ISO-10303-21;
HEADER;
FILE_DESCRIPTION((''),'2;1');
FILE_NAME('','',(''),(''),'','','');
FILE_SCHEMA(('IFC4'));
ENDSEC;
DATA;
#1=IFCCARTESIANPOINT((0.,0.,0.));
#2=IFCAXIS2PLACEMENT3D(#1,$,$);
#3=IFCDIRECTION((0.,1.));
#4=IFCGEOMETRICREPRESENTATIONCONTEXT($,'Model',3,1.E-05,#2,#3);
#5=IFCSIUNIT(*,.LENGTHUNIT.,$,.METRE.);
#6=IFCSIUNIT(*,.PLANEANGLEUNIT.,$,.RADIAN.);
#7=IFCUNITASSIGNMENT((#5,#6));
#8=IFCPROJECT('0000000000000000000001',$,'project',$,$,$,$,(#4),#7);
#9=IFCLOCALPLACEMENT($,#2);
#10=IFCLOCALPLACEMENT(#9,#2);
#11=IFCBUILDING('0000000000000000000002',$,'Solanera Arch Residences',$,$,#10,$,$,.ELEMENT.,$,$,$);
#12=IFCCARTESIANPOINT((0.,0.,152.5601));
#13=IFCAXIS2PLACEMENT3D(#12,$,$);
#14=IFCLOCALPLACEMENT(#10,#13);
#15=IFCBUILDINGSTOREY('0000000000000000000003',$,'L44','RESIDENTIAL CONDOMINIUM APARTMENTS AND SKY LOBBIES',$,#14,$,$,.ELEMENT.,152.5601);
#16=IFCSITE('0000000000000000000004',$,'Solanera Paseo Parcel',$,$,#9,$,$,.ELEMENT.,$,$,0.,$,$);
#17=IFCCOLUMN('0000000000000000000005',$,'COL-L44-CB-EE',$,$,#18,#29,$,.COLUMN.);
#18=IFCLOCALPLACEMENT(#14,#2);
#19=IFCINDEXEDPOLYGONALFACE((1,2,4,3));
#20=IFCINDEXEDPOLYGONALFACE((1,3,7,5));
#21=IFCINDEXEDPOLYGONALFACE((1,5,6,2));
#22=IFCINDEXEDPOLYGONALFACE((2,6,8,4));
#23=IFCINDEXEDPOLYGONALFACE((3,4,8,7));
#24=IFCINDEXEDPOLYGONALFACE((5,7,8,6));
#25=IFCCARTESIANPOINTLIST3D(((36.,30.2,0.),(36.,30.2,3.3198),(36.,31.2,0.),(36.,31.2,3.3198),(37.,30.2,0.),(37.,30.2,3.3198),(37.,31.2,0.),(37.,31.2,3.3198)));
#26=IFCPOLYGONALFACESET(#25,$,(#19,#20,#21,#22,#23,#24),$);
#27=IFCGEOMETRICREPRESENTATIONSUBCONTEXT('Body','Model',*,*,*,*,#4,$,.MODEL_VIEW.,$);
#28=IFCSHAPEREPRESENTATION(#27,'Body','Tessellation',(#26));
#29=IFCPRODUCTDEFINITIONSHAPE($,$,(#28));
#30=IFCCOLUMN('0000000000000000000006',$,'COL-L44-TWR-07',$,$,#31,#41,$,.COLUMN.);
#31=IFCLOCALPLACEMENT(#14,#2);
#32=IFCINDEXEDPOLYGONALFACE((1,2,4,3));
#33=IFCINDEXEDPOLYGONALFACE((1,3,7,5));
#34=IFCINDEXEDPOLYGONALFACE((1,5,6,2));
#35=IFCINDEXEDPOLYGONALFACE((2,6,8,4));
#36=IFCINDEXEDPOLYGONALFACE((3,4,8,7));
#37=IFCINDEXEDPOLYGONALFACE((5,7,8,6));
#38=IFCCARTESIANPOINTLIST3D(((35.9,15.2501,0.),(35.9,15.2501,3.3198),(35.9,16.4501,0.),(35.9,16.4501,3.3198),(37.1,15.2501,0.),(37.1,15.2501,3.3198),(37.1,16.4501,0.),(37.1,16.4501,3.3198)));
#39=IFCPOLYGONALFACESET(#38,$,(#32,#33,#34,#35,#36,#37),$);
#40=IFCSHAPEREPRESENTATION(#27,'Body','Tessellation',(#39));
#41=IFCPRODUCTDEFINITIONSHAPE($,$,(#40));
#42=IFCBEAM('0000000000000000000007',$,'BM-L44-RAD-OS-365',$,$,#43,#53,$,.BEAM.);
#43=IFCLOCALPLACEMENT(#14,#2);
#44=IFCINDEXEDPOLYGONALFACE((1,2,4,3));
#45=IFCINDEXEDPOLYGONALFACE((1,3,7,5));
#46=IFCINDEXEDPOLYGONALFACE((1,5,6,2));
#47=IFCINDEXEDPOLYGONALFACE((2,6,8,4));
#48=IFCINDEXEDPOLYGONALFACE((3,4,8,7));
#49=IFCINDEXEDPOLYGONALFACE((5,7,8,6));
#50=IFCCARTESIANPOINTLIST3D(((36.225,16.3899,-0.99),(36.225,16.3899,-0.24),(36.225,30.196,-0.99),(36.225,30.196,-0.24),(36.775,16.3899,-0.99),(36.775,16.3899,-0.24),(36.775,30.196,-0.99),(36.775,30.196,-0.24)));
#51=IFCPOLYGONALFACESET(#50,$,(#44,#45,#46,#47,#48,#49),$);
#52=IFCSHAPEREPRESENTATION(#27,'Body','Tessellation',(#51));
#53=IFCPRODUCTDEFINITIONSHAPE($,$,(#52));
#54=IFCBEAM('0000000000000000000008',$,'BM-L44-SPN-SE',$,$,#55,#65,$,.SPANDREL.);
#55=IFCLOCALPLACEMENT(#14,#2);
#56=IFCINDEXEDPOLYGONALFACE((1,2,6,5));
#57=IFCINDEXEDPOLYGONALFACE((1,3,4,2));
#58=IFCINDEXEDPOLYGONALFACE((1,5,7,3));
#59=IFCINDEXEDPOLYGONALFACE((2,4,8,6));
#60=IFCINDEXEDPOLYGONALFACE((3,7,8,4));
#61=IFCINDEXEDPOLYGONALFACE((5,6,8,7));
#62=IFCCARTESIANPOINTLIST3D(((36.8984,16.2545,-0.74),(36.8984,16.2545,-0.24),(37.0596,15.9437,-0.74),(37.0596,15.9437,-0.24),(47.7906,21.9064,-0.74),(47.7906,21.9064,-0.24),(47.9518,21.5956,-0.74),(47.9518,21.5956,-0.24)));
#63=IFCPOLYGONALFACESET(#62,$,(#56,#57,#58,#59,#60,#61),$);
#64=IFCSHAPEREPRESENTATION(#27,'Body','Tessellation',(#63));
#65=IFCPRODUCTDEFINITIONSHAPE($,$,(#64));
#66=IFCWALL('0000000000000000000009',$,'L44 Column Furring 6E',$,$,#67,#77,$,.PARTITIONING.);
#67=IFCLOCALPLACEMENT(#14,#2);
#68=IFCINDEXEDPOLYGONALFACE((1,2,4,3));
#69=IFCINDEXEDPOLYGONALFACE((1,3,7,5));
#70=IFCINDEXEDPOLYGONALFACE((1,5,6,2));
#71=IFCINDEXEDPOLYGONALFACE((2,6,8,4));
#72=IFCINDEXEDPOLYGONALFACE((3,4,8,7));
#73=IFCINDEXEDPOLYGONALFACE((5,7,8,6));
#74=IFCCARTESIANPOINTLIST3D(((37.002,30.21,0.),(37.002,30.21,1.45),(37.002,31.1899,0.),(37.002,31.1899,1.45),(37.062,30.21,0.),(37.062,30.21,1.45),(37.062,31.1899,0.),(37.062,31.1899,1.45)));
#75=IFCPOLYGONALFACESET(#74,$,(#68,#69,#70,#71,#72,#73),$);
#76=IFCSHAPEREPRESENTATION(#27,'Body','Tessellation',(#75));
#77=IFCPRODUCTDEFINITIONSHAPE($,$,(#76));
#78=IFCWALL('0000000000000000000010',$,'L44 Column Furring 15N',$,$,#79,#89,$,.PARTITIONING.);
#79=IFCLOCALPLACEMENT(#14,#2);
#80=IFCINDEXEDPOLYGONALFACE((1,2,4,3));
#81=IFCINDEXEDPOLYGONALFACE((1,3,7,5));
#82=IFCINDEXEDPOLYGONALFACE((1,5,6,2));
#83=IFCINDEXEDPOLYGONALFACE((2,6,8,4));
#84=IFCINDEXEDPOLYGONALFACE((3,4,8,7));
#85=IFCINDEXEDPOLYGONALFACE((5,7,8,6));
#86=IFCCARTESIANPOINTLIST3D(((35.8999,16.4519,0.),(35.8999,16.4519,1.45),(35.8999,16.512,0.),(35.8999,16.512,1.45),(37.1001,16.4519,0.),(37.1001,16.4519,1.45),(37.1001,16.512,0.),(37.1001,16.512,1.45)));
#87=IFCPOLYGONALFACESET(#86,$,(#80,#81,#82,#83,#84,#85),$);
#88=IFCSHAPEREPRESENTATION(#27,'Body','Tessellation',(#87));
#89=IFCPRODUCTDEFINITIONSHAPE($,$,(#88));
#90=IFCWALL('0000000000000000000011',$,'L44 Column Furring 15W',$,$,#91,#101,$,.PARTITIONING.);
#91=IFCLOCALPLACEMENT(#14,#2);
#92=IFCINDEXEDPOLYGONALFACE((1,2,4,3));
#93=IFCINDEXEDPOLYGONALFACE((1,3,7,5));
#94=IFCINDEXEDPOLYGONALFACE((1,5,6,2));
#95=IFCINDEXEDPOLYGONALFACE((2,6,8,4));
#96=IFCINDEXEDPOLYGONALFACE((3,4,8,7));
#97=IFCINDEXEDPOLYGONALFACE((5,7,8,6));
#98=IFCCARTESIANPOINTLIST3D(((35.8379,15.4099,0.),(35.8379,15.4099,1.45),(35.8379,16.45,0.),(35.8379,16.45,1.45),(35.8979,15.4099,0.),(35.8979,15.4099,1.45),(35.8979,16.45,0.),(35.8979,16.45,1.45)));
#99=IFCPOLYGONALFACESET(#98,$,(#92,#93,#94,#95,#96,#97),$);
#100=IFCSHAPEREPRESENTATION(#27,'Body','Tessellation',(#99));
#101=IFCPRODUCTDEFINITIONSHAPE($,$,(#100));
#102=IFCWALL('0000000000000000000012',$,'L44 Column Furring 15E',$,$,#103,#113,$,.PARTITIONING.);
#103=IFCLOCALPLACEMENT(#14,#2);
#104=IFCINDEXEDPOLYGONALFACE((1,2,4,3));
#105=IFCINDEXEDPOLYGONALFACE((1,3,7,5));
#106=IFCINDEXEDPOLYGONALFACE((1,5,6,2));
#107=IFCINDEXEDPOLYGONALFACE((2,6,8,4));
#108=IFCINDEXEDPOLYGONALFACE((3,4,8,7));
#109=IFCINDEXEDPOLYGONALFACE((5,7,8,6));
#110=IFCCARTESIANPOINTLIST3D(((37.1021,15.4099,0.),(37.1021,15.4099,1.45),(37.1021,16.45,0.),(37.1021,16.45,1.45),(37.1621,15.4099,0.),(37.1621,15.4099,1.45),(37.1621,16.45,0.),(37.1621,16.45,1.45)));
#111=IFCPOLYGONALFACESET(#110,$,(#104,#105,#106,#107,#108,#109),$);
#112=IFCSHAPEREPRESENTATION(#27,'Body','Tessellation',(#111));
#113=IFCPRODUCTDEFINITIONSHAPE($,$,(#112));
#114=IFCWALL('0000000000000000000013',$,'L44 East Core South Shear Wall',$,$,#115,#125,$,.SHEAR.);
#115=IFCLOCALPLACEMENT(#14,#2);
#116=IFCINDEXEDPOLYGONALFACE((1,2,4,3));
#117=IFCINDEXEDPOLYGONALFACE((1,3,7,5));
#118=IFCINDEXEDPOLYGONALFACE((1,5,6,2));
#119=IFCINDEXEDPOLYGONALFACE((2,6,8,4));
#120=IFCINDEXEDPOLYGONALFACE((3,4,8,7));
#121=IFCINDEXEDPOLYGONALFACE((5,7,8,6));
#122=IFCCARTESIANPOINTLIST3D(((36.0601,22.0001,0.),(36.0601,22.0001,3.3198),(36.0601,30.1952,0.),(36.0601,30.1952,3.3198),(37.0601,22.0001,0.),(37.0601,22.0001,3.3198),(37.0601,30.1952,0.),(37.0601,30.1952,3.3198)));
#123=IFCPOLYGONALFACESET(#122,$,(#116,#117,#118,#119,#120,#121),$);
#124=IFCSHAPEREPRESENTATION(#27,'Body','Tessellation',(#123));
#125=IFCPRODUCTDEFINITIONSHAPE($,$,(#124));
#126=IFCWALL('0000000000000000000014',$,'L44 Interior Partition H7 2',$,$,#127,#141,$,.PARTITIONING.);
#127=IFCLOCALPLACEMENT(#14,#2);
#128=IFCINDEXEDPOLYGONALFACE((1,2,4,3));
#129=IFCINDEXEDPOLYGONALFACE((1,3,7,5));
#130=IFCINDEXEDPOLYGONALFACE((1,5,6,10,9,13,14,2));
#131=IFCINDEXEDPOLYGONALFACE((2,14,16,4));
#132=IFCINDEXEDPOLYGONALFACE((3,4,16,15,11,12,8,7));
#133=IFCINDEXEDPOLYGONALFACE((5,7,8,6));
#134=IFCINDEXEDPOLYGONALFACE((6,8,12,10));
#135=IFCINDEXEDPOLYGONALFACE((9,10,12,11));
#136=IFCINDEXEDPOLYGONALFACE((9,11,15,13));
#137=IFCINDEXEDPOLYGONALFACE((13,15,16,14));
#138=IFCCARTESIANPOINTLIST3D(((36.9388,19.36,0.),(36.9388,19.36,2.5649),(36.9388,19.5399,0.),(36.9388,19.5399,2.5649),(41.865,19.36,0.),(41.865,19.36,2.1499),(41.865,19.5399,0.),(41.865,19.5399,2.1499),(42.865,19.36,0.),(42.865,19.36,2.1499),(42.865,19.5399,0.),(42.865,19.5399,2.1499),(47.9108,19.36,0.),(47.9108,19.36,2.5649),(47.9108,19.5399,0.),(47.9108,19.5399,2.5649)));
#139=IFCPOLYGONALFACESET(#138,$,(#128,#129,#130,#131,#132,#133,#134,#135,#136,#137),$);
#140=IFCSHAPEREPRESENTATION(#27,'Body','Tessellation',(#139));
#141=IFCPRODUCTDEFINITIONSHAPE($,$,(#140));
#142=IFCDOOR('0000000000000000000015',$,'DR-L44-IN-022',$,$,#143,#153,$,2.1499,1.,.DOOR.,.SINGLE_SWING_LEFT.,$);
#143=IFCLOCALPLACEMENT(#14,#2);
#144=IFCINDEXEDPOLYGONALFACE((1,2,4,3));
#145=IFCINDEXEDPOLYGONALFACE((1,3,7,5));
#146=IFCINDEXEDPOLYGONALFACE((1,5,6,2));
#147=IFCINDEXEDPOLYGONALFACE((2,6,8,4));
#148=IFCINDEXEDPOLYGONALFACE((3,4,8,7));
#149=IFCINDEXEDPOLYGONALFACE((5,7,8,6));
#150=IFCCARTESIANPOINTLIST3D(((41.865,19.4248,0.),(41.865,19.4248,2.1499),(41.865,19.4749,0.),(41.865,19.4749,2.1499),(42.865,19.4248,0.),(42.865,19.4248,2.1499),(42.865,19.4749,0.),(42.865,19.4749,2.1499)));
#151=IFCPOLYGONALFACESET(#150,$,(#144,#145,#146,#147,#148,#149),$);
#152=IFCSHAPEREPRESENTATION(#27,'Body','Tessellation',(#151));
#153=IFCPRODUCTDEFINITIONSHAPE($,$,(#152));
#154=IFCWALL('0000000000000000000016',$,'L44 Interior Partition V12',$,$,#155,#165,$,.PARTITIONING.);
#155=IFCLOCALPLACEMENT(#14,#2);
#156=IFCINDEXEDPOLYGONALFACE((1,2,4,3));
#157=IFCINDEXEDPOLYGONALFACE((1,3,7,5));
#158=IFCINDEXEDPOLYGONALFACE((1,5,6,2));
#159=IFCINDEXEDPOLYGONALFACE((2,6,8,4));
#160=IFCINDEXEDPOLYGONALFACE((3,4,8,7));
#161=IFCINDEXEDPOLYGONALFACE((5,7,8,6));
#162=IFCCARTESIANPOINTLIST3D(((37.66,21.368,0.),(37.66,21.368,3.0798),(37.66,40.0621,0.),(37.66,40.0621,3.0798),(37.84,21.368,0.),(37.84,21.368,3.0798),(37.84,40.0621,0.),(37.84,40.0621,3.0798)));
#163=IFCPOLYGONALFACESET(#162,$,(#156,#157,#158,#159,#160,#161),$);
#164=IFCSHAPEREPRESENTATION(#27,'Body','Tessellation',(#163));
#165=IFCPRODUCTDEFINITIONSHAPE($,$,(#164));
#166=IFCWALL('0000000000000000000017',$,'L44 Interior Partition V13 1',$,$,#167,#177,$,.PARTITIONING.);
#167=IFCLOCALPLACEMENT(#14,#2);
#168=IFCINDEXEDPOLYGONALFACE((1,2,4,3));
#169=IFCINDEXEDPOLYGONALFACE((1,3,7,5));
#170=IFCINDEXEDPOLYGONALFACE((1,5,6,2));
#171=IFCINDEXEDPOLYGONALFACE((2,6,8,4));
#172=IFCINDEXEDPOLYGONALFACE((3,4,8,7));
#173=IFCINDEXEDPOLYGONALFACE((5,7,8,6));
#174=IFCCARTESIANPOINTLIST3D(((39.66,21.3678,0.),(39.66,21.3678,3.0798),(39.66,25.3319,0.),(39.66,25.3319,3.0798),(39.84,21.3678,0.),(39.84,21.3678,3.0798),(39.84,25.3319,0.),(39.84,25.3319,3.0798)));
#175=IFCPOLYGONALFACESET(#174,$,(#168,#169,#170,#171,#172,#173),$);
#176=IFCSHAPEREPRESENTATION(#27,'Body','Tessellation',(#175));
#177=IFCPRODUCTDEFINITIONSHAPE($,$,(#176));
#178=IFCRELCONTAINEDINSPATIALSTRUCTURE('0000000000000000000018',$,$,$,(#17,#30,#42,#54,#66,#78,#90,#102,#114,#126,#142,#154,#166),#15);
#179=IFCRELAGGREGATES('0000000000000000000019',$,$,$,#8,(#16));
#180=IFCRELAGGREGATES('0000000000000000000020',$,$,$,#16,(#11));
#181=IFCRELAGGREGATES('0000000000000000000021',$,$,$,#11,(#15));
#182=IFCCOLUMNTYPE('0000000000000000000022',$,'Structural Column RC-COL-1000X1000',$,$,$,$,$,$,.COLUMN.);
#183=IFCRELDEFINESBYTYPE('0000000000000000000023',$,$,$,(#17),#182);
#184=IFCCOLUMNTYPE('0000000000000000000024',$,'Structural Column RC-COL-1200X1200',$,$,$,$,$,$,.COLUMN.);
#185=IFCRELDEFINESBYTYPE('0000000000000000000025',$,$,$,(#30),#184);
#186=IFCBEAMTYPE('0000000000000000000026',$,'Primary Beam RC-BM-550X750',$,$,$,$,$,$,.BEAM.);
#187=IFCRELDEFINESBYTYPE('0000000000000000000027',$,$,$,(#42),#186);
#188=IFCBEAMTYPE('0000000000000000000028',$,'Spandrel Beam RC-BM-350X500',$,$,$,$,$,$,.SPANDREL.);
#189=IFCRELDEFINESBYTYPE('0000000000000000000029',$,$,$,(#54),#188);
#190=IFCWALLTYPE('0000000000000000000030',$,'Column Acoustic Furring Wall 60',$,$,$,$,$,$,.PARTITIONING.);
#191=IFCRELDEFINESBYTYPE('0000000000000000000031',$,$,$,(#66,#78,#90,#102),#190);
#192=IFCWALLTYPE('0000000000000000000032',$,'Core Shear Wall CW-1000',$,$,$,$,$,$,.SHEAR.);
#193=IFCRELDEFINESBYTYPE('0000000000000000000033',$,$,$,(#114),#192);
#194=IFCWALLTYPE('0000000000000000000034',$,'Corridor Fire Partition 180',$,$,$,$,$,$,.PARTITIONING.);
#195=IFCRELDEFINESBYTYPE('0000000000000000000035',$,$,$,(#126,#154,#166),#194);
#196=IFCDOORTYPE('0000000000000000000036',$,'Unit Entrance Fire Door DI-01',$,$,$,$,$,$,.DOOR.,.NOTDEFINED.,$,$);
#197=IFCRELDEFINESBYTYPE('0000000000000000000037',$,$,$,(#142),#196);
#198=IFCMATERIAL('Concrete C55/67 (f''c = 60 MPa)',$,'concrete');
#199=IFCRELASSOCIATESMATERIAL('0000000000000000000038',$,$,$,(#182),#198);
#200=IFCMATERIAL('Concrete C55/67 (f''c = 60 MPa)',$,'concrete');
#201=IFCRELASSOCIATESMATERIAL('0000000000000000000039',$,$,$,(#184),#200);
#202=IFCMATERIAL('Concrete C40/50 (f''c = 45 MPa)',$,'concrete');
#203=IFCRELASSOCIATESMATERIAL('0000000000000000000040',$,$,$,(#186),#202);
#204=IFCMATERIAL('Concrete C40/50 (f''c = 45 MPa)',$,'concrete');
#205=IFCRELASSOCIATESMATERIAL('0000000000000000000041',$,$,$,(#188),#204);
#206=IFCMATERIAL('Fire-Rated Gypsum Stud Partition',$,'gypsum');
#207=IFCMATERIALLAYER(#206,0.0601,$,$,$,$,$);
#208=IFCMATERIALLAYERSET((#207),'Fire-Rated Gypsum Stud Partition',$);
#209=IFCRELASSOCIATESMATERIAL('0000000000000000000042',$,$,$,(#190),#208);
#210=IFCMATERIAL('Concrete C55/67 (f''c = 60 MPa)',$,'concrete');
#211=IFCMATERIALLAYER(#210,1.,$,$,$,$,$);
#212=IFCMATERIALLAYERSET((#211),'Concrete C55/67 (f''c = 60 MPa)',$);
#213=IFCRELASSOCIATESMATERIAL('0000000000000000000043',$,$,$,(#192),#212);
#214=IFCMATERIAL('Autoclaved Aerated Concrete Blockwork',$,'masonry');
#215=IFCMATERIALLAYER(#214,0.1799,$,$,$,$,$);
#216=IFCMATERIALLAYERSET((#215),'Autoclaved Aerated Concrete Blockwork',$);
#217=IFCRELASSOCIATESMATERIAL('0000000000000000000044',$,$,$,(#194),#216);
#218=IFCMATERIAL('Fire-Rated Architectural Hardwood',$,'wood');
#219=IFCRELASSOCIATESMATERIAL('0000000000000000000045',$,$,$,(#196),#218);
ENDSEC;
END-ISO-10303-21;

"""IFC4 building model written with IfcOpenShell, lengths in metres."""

from ifc_helpers import new_model, si_unit, direction, frame, frame_2d, origin, origin_2d, place, context, subcontext, project, spatial, rectangle, extrude, material, layer, layer_set, material_profile, profile_set, type_object, element, fill, save


model = new_model("IFC4")

# Units and contexts
model_context = context("Model", 3, precision=1e-05, world=origin(), true_north=direction((0.0, 1.0)))
body_context = subcontext(model_context, "Body", "Model", "MODEL_VIEW")
ifc_project = project(units=[si_unit("LENGTHUNIT", "METRE"), si_unit("PLANEANGLEUNIT", "RADIAN")], contexts=[model_context])

# Site, building, storey
site_placement = place(None, origin())
site = spatial("IfcSite", under=ifc_project, at=site_placement, Name="Solanera Paseo Parcel", CompositionType="ELEMENT", RefElevation=0.0)
building_placement = place(site_placement, origin())
building = spatial("IfcBuilding", under=site, at=building_placement, Name="Solanera Arch Residences", CompositionType="ELEMENT")
storey_placement = place(building_placement, frame((0.0, 0.0, 152.5601)))
storey = spatial("IfcBuildingStorey", under=building, at=storey_placement, Name="L44", Description="RESIDENTIAL CONDOMINIUM APARTMENTS AND SKY LOBBIES", CompositionType="ELEMENT", Elevation=152.5601)

# Columns
ifc_material_1 = material(Name="Concrete C55/67 (f'c = 60 MPa)", Category="concrete")
ifc_material_profile_1 = material_profile(ifc_material_1, rectangle(XDim=1.0, YDim=1.0, at=origin_2d()))
ifc_profile_set_1 = profile_set([ifc_material_profile_1], Name="Concrete C55/67 (f'c = 60 MPa)")
column_type_1 = type_object("IfcColumnType", Name="Structural Column RC-COL-1000X1000", PredefinedType="COLUMN", material=ifc_profile_set_1)
column_1_placement = place(storey_placement, frame((36.5, 30.7, 0.0), z_axis=(0.0, 0.0, 1.0), x_axis=(1.0, 0.0, 0.0)))
element("IfcColumn", 1, at=column_1_placement, inside=storey, type_object=column_type_1, Name="COL-L44-CB-EE", PredefinedType="COLUMN", context=body_context, shape_type="SweptSolid", body=[
    extrude(rectangle(XDim=1.0, YDim=1.0, at=origin_2d()), origin(), (0.0, 0.0, 1.0), 3.3198),
])
ifc_material_2 = material(Name="Concrete C55/67 (f'c = 60 MPa)", Category="concrete")
ifc_material_profile_2 = material_profile(ifc_material_2, rectangle(XDim=1.2, YDim=1.2, at=origin_2d()))
ifc_profile_set_2 = profile_set([ifc_material_profile_2], Name="Concrete C55/67 (f'c = 60 MPa)")
column_type_2 = type_object("IfcColumnType", Name="Structural Column RC-COL-1200X1200", PredefinedType="COLUMN", material=ifc_profile_set_2)
column_2_placement = place(storey_placement, frame((36.5, 15.8501, 0.0), z_axis=(0.0, 0.0, 1.0), x_axis=(1.0, 0.0, 0.0)))
element("IfcColumn", 2, at=column_2_placement, inside=storey, type_object=column_type_2, Name="COL-L44-TWR-07", PredefinedType="COLUMN", context=body_context, shape_type="SweptSolid", body=[
    extrude(rectangle(XDim=1.2, YDim=1.2, at=origin_2d()), origin(), (0.0, 0.0, 1.0), 3.3198),
])

# Beams
ifc_material_3 = material(Name="Concrete C40/50 (f'c = 45 MPa)", Category="concrete")
ifc_material_profile_3 = material_profile(ifc_material_3, rectangle(XDim=0.55, YDim=0.75, at=origin_2d()))
ifc_profile_set_3 = profile_set([ifc_material_profile_3], Name="Concrete C40/50 (f'c = 45 MPa)")
beam_type_1 = type_object("IfcBeamType", Name="Primary Beam RC-BM-550X750", PredefinedType="BEAM", material=ifc_profile_set_3)
beam_1_placement = place(storey_placement, frame((36.5, 16.3899, -0.615), z_axis=(0.0, 1.0, 0.0), x_axis=(-1.0, 0.0, 0.0)))
element("IfcBeam", 3, at=beam_1_placement, inside=storey, type_object=beam_type_1, Name="BM-L44-RAD-OS-365", PredefinedType="BEAM", context=body_context, shape_type="SweptSolid", body=[
    extrude(rectangle(XDim=0.55, YDim=0.75, at=origin_2d()), origin(), (0.0, 0.0, 1.0), 13.8062),
])
ifc_material_4 = material(Name="Concrete C40/50 (f'c = 45 MPa)", Category="concrete")
ifc_material_profile_4 = material_profile(ifc_material_4, rectangle(XDim=0.3501, YDim=0.5, at=origin_2d()))
ifc_profile_set_4 = profile_set([ifc_material_profile_4], Name="Concrete C40/50 (f'c = 45 MPa)")
beam_type_2 = type_object("IfcBeamType", Name="Spandrel Beam RC-BM-350X500", PredefinedType="SPANDREL", material=ifc_profile_set_4)
beam_2_placement = place(storey_placement, frame((36.979, 16.0991, -0.49), z_axis=(0.887618, 0.460581, 0.0), x_axis=(-0.460581, 0.887618, 0.0)))
element("IfcBeam", 4, at=beam_2_placement, inside=storey, type_object=beam_type_2, Name="BM-L44-SPN-SE", PredefinedType="SPANDREL", context=body_context, shape_type="SweptSolid", body=[
    extrude(rectangle(XDim=0.3501, YDim=0.5, at=origin_2d()), origin(), (0.0, 0.0, 1.0), 12.2712),
])

# Walls
ifc_material_5 = material(Name="Fire-Rated Gypsum Stud Partition", Category="gypsum")
ifc_layer_1 = layer(ifc_material_5, 0.0601)
ifc_layer_set_1 = layer_set([ifc_layer_1], Name="Fire-Rated Gypsum Stud Partition")
wall_type_1 = type_object("IfcWallType", Name="Column Acoustic Furring Wall 60", PredefinedType="PARTITIONING", material=ifc_layer_set_1)
wall_1_placement = place(storey_placement, frame((37.032, 30.21, 0.0), z_axis=(0.0, 0.0, 1.0), x_axis=(0.0, 1.0, 0.0)))
element("IfcWall", 5, at=wall_1_placement, inside=storey, type_object=wall_type_1, Name="L44 Column Furring 6E", PredefinedType="PARTITIONING", context=body_context, shape_type="SweptSolid", body=[
    extrude(rectangle(XDim=0.98, YDim=0.0601, at=frame_2d((0.49, 0.0))), origin(), (0.0, 0.0, 1.0), 1.45),
])
wall_2_placement = place(storey_placement, frame((35.8999, 16.4819, 0.0), z_axis=(0.0, 0.0, 1.0), x_axis=(1.0, 0.0, 0.0)))
element("IfcWall", 6, at=wall_2_placement, inside=storey, type_object=wall_type_1, Name="L44 Column Furring 15N", PredefinedType="PARTITIONING", context=body_context, shape_type="SweptSolid", body=[
    extrude(rectangle(XDim=1.2002, YDim=0.0601, at=frame_2d((0.6001, 0.0))), origin(), (0.0, 0.0, 1.0), 1.45),
])
for number, where, z_axis, x_axis, name in (
    (7, (35.8679, 15.4099, 0.0), (0.0, 0.0, 1.0), (0.0, 1.0, 0.0), "L44 Column Furring 15W"),
    (8, (37.1321, 15.4099, 0.0), (0.0, 0.0, 1.0), (0.0, 1.0, 0.0), "L44 Column Furring 15E"),
):
    element("IfcWall", number, at=place(storey_placement, frame(where, z_axis=z_axis, x_axis=x_axis)), inside=storey, type_object=wall_type_1, Name=name, PredefinedType="PARTITIONING", context=body_context, shape_type="SweptSolid", body=[
        extrude(rectangle(XDim=1.04, YDim=0.0601, at=frame_2d((0.52, 0.0))), origin(), (0.0, 0.0, 1.0), 1.45),
    ])
ifc_material_6 = material(Name="Concrete C55/67 (f'c = 60 MPa)", Category="concrete")
ifc_layer_2 = layer(ifc_material_6, 1.0)
ifc_layer_set_2 = layer_set([ifc_layer_2], Name="Concrete C55/67 (f'c = 60 MPa)")
wall_type_2 = type_object("IfcWallType", Name="Core Shear Wall CW-1000", PredefinedType="SHEAR", material=ifc_layer_set_2)
wall_3_placement = place(storey_placement, frame((36.5601, 22.0, 0.0), z_axis=(0.0, 0.0, 1.0), x_axis=(0.0, 1.0, 0.0)))
element("IfcWall", 9, at=wall_3_placement, inside=storey, type_object=wall_type_2, Name="L44 East Core South Shear Wall", PredefinedType="SHEAR", context=body_context, shape_type="SweptSolid", body=[
    extrude(rectangle(XDim=8.1951, YDim=1.0, at=frame_2d((4.0977, 0.0))), origin(), (0.0, 0.0, 1.0), 3.3198),
])

# Wall, opening, door
ifc_material_7 = material(Name="Autoclaved Aerated Concrete Blockwork", Category="masonry")
ifc_layer_3 = layer(ifc_material_7, 0.1799)
ifc_layer_set_3 = layer_set([ifc_layer_3], Name="Autoclaved Aerated Concrete Blockwork")
wall_type_3 = type_object("IfcWallType", Name="Corridor Fire Partition 180", PredefinedType="PARTITIONING", material=ifc_layer_set_3)
wall_4_placement = place(storey_placement, frame((36.939, 19.45, 0.0), z_axis=(0.0, 0.0, 1.0), x_axis=(1.0, 0.0, 0.0)))
wall_4 = element("IfcWall", 10, at=wall_4_placement, inside=storey, type_object=wall_type_3, Name="L44 Interior Partition H7 2", PredefinedType="PARTITIONING", context=body_context, shape_type="SweptSolid", body=[
    extrude(rectangle(XDim=10.9719, YDim=0.1799, at=frame_2d((5.4858, 0.0))), origin(), (0.0, 0.0, 1.0), 2.5649),
])
opening_1_placement = place(wall_4_placement, frame((4.926, 0.0, 0.0)))
opening_1 = element("IfcOpeningElement", 11, at=opening_1_placement, cuts=wall_4, PredefinedType="OPENING", context=body_context, shape_type="SweptSolid", body=[
    extrude(rectangle(XDim=1.0, YDim=2.1499, at=frame_2d((0.5, 1.075))), frame((0.0, 0.1001, 0.0), z_axis=(0.0, -1.0, 0.0), x_axis=(1.0, 0.0, 0.0)), (0.0, 0.0, 1.0), 0.1999),
])
ifc_material_8 = material(Name="Fire-Rated Architectural Hardwood", Category="wood")
door_type_1 = type_object("IfcDoorType", Name="Unit Entrance Fire Door DI-01", OperationType="NOTDEFINED", PredefinedType="DOOR", material=ifc_material_8)
door_1_placement = place(opening_1_placement, origin())
door_1 = element("IfcDoor", 12, at=door_1_placement, inside=storey, type_object=door_type_1, Name="DR-L44-IN-022", OperationType="SINGLE_SWING_LEFT", OverallHeight=2.1499, OverallWidth=1.0, PredefinedType="DOOR", context=body_context, shape_type="SweptSolid", body=[
    extrude(rectangle(XDim=1.0, YDim=2.1499, at=frame_2d((0.5, 1.075))), frame((0.0, 0.0249, 0.0), z_axis=(0.0, -1.0, 0.0), x_axis=(1.0, 0.0, 0.0)), (0.0, 0.0, 1.0), 0.05),
])
fill(opening_1, door_1)

# Walls
wall_5_placement = place(storey_placement, frame((37.75, 21.3679, 0.0), z_axis=(0.0, 0.0, 1.0), x_axis=(0.0, 1.0, 0.0)))
element("IfcWall", 13, at=wall_5_placement, inside=storey, type_object=wall_type_3, Name="L44 Interior Partition V12", PredefinedType="PARTITIONING", context=body_context, shape_type="SweptSolid", body=[
    extrude(rectangle(XDim=18.6941, YDim=0.1799, at=frame_2d((9.3472, 0.0))), origin(), (0.0, 0.0, 1.0), 3.0798),
])
wall_6_placement = place(storey_placement, frame((39.75, 21.3679, 0.0), z_axis=(0.0, 0.0, 1.0), x_axis=(0.0, 1.0, 0.0)))
element("IfcWall", 14, at=wall_6_placement, inside=storey, type_object=wall_type_3, Name="L44 Interior Partition V13 1", PredefinedType="PARTITIONING", context=body_context, shape_type="SweptSolid", body=[
    extrude(rectangle(XDim=3.9641, YDim=0.1799, at=frame_2d((1.9819, 0.0))), origin(), (0.0, 0.0, 1.0), 3.0798),
])

save(model, "model.ifc")
